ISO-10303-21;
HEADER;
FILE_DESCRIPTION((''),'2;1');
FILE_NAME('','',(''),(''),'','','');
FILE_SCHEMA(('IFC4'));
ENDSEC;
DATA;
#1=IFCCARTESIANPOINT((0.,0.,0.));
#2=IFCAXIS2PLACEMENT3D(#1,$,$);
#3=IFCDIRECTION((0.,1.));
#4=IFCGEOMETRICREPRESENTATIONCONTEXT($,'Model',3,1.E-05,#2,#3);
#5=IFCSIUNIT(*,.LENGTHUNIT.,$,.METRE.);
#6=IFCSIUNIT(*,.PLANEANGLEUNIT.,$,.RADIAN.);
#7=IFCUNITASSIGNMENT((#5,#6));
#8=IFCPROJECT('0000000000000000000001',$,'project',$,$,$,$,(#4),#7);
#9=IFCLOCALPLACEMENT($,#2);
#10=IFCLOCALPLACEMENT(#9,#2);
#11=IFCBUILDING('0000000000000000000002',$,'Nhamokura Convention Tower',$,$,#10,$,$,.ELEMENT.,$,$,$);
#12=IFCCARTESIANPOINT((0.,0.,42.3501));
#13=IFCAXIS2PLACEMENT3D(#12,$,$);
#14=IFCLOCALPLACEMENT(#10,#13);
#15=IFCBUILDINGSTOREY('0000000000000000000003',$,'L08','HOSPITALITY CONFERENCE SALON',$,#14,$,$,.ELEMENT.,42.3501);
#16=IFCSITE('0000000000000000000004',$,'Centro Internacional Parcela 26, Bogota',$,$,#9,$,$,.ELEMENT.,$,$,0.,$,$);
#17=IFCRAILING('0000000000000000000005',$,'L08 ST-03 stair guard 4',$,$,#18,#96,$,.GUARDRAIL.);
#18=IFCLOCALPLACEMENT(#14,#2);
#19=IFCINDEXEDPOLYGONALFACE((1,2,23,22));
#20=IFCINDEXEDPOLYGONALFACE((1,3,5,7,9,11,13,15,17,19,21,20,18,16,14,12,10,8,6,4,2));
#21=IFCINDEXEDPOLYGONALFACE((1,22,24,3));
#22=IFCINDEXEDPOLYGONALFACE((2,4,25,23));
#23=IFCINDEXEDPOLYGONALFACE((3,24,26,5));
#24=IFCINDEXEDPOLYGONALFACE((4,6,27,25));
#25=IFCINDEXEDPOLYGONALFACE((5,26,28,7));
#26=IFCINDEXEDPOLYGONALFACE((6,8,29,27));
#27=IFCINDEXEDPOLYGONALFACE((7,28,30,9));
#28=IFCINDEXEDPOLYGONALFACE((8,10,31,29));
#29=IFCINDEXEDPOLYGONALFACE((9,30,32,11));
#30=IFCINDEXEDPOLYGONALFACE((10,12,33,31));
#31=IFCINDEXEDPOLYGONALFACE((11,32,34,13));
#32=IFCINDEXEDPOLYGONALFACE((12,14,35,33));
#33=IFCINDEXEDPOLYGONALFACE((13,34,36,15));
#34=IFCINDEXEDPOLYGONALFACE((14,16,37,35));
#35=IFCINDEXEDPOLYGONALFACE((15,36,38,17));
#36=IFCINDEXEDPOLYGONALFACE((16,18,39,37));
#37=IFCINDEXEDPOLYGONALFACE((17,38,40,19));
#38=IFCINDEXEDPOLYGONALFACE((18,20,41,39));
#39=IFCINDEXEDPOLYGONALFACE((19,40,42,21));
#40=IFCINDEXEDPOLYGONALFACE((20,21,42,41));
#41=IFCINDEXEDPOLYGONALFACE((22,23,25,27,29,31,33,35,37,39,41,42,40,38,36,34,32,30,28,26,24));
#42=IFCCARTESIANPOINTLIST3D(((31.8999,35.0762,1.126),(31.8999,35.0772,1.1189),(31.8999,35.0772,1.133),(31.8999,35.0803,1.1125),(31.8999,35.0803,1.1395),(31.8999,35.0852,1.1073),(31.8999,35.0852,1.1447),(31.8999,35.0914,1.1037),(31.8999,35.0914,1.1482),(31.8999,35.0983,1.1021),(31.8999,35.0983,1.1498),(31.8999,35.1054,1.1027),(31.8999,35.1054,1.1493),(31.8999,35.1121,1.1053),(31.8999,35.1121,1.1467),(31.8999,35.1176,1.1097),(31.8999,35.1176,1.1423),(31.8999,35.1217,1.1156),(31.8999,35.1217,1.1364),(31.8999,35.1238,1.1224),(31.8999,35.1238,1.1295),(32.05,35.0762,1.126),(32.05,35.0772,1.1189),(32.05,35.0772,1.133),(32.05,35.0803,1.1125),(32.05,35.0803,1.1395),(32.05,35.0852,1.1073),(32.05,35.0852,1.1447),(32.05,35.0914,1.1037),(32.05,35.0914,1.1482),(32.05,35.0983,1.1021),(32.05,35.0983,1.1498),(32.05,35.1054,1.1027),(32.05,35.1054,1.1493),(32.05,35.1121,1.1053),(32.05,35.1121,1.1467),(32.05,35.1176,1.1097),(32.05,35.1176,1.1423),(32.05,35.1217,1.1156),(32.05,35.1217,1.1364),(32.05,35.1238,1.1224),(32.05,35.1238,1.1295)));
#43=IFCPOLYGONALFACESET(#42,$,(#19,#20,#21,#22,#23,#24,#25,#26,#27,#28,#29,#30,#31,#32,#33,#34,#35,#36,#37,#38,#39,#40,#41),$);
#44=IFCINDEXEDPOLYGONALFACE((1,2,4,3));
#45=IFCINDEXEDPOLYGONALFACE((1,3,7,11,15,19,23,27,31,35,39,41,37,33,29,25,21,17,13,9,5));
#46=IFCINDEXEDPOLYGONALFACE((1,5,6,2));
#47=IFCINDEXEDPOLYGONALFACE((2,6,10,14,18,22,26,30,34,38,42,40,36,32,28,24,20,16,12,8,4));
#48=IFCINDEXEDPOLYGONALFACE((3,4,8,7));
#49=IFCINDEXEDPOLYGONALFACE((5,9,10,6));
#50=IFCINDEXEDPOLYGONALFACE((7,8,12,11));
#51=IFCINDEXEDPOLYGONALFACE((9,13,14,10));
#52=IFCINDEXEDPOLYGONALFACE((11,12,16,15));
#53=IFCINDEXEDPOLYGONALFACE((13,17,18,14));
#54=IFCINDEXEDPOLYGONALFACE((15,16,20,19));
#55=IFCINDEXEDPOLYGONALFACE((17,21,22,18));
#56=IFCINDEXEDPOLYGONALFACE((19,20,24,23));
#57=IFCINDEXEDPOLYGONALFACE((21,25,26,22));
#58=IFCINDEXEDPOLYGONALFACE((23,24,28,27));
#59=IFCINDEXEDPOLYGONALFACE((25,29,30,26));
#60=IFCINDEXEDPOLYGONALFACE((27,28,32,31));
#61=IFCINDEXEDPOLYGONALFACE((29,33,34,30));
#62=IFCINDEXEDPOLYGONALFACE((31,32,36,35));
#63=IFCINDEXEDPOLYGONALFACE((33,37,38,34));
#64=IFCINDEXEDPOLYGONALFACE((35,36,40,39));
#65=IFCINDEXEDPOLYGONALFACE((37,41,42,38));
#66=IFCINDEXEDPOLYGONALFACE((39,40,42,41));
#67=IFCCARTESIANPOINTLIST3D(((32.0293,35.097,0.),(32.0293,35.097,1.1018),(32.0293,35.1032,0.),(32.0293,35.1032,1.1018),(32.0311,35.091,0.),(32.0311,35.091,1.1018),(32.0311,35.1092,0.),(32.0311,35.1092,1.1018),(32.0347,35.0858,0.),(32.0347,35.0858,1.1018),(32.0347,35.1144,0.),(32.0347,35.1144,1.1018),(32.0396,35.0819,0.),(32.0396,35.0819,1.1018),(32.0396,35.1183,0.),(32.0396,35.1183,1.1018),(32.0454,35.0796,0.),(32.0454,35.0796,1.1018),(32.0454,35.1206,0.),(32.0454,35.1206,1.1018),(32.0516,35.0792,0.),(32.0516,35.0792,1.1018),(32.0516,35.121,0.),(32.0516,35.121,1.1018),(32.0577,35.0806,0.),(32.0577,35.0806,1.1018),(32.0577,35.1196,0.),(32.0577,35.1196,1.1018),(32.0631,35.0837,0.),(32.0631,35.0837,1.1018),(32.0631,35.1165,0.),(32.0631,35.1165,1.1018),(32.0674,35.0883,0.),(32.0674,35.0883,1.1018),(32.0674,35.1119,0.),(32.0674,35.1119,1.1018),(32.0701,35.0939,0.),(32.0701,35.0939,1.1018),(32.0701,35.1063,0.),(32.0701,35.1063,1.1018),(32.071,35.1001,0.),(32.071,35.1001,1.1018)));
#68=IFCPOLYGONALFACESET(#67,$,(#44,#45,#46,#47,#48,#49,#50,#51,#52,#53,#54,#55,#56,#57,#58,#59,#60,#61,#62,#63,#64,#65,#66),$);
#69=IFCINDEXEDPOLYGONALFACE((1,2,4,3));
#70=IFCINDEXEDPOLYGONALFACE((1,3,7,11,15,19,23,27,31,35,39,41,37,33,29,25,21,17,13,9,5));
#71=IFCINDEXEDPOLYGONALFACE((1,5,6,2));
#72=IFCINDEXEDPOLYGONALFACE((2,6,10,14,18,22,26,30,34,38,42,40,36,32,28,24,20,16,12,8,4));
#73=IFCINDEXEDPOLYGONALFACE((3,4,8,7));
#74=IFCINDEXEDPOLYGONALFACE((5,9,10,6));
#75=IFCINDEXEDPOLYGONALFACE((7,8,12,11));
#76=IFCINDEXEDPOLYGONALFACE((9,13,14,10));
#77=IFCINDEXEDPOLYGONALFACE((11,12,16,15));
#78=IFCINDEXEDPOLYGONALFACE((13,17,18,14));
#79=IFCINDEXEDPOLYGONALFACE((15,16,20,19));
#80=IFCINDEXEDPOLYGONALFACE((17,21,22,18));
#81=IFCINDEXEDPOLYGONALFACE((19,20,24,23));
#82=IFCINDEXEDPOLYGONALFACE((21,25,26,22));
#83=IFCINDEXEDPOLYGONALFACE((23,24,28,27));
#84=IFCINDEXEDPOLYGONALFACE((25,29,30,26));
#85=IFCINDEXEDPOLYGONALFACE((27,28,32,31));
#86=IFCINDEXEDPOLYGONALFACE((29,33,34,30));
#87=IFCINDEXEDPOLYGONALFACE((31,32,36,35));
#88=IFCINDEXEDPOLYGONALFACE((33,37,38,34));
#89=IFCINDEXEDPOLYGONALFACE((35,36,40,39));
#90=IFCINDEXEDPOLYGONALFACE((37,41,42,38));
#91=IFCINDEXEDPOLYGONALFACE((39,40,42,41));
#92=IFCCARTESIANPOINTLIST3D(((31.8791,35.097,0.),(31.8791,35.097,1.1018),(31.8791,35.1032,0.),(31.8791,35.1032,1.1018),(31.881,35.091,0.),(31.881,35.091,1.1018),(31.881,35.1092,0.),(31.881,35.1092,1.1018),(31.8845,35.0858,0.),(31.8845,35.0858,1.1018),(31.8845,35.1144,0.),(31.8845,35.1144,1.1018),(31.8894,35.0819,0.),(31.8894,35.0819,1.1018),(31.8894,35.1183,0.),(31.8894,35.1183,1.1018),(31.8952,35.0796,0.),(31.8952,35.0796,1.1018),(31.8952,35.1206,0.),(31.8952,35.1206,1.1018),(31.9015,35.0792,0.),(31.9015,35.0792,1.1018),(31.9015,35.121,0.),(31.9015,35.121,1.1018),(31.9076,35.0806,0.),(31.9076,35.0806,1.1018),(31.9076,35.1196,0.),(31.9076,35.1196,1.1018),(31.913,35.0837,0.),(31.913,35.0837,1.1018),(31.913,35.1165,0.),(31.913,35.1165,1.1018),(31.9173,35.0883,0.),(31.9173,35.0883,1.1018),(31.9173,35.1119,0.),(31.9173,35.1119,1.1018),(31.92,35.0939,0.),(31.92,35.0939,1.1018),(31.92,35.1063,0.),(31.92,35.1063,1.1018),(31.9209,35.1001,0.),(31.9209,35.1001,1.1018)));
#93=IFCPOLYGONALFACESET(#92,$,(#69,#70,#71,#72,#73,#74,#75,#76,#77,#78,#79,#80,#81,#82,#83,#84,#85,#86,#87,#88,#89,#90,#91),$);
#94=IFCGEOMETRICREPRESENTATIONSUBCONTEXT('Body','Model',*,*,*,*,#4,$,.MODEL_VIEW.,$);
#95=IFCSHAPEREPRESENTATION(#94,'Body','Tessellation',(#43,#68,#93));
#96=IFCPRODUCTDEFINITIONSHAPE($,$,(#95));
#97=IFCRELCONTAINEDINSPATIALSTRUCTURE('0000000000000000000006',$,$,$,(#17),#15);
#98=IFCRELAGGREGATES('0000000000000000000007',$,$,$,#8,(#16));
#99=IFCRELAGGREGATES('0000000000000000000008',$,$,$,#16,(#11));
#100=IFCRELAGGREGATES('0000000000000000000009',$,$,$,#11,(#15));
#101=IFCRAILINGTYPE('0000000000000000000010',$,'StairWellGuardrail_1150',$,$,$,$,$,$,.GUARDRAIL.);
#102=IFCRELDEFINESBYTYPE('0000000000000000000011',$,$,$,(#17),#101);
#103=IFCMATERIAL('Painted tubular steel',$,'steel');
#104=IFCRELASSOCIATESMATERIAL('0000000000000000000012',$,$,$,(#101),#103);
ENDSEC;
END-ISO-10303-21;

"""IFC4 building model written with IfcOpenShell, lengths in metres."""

from ifc_helpers import new_model, si_unit, direction, frame, origin, origin_2d, place, context, subcontext, project, spatial, circle, extrude, material, type_object, element, save


model = new_model("IFC4")

# Units and contexts
model_context = context("Model", 3, precision=1e-05, world=origin(), true_north=direction((0.0, 1.0)))
body_context = subcontext(model_context, "Body", "Model", "MODEL_VIEW")
ifc_project = project(units=[si_unit("LENGTHUNIT", "METRE"), si_unit("PLANEANGLEUNIT", "RADIAN")], contexts=[model_context])

# Site, building, storey
site_placement = place(None, origin())
site = spatial("IfcSite", under=ifc_project, at=site_placement, Name="Centro Internacional Parcela 26, Bogota", CompositionType="ELEMENT", RefElevation=0.0)
building_placement = place(site_placement, origin())
building = spatial("IfcBuilding", under=site, at=building_placement, Name="Nhamokura Convention Tower", CompositionType="ELEMENT")
storey_placement = place(building_placement, frame((0.0, 0.0, 42.3501)))
storey = spatial("IfcBuildingStorey", under=building, at=storey_placement, Name="L08", Description="HOSPITALITY CONFERENCE SALON", CompositionType="ELEMENT", Elevation=42.3501)

# Railing
ifc_material_1 = material(Name="Painted tubular steel", Category="steel")
railing_type_1 = type_object("IfcRailingType", Name="StairWellGuardrail_1150", PredefinedType="GUARDRAIL", material=ifc_material_1)
railing_1_placement = place(storey_placement, frame((32.05, 35.1001, 0.0)))
element("IfcRailing", 1, at=railing_1_placement, inside=storey, type_object=railing_type_1, Name="L08 ST-03 stair guard 4", PredefinedType="GUARDRAIL", context=body_context, shape_type="SweptSolid", body=[
    extrude(circle(Radius=0.0239, at=origin_2d()), frame((0.0, 0.0, 1.126), z_axis=(-1.0, 0.0, 0.0), x_axis=(0.0, -1.0, 0.0)), (0.0, 0.0, 1.0), 0.1501),
    extrude(circle(Radius=0.021, at=origin_2d()), origin(), (0.0, 0.0, 1.0), 1.1018),
    extrude(circle(Radius=0.021, at=origin_2d()), frame((-0.1501, 0.0, 0.0)), (0.0, 0.0, 1.0), 1.1018),
])

save(model, "model.ifc")
